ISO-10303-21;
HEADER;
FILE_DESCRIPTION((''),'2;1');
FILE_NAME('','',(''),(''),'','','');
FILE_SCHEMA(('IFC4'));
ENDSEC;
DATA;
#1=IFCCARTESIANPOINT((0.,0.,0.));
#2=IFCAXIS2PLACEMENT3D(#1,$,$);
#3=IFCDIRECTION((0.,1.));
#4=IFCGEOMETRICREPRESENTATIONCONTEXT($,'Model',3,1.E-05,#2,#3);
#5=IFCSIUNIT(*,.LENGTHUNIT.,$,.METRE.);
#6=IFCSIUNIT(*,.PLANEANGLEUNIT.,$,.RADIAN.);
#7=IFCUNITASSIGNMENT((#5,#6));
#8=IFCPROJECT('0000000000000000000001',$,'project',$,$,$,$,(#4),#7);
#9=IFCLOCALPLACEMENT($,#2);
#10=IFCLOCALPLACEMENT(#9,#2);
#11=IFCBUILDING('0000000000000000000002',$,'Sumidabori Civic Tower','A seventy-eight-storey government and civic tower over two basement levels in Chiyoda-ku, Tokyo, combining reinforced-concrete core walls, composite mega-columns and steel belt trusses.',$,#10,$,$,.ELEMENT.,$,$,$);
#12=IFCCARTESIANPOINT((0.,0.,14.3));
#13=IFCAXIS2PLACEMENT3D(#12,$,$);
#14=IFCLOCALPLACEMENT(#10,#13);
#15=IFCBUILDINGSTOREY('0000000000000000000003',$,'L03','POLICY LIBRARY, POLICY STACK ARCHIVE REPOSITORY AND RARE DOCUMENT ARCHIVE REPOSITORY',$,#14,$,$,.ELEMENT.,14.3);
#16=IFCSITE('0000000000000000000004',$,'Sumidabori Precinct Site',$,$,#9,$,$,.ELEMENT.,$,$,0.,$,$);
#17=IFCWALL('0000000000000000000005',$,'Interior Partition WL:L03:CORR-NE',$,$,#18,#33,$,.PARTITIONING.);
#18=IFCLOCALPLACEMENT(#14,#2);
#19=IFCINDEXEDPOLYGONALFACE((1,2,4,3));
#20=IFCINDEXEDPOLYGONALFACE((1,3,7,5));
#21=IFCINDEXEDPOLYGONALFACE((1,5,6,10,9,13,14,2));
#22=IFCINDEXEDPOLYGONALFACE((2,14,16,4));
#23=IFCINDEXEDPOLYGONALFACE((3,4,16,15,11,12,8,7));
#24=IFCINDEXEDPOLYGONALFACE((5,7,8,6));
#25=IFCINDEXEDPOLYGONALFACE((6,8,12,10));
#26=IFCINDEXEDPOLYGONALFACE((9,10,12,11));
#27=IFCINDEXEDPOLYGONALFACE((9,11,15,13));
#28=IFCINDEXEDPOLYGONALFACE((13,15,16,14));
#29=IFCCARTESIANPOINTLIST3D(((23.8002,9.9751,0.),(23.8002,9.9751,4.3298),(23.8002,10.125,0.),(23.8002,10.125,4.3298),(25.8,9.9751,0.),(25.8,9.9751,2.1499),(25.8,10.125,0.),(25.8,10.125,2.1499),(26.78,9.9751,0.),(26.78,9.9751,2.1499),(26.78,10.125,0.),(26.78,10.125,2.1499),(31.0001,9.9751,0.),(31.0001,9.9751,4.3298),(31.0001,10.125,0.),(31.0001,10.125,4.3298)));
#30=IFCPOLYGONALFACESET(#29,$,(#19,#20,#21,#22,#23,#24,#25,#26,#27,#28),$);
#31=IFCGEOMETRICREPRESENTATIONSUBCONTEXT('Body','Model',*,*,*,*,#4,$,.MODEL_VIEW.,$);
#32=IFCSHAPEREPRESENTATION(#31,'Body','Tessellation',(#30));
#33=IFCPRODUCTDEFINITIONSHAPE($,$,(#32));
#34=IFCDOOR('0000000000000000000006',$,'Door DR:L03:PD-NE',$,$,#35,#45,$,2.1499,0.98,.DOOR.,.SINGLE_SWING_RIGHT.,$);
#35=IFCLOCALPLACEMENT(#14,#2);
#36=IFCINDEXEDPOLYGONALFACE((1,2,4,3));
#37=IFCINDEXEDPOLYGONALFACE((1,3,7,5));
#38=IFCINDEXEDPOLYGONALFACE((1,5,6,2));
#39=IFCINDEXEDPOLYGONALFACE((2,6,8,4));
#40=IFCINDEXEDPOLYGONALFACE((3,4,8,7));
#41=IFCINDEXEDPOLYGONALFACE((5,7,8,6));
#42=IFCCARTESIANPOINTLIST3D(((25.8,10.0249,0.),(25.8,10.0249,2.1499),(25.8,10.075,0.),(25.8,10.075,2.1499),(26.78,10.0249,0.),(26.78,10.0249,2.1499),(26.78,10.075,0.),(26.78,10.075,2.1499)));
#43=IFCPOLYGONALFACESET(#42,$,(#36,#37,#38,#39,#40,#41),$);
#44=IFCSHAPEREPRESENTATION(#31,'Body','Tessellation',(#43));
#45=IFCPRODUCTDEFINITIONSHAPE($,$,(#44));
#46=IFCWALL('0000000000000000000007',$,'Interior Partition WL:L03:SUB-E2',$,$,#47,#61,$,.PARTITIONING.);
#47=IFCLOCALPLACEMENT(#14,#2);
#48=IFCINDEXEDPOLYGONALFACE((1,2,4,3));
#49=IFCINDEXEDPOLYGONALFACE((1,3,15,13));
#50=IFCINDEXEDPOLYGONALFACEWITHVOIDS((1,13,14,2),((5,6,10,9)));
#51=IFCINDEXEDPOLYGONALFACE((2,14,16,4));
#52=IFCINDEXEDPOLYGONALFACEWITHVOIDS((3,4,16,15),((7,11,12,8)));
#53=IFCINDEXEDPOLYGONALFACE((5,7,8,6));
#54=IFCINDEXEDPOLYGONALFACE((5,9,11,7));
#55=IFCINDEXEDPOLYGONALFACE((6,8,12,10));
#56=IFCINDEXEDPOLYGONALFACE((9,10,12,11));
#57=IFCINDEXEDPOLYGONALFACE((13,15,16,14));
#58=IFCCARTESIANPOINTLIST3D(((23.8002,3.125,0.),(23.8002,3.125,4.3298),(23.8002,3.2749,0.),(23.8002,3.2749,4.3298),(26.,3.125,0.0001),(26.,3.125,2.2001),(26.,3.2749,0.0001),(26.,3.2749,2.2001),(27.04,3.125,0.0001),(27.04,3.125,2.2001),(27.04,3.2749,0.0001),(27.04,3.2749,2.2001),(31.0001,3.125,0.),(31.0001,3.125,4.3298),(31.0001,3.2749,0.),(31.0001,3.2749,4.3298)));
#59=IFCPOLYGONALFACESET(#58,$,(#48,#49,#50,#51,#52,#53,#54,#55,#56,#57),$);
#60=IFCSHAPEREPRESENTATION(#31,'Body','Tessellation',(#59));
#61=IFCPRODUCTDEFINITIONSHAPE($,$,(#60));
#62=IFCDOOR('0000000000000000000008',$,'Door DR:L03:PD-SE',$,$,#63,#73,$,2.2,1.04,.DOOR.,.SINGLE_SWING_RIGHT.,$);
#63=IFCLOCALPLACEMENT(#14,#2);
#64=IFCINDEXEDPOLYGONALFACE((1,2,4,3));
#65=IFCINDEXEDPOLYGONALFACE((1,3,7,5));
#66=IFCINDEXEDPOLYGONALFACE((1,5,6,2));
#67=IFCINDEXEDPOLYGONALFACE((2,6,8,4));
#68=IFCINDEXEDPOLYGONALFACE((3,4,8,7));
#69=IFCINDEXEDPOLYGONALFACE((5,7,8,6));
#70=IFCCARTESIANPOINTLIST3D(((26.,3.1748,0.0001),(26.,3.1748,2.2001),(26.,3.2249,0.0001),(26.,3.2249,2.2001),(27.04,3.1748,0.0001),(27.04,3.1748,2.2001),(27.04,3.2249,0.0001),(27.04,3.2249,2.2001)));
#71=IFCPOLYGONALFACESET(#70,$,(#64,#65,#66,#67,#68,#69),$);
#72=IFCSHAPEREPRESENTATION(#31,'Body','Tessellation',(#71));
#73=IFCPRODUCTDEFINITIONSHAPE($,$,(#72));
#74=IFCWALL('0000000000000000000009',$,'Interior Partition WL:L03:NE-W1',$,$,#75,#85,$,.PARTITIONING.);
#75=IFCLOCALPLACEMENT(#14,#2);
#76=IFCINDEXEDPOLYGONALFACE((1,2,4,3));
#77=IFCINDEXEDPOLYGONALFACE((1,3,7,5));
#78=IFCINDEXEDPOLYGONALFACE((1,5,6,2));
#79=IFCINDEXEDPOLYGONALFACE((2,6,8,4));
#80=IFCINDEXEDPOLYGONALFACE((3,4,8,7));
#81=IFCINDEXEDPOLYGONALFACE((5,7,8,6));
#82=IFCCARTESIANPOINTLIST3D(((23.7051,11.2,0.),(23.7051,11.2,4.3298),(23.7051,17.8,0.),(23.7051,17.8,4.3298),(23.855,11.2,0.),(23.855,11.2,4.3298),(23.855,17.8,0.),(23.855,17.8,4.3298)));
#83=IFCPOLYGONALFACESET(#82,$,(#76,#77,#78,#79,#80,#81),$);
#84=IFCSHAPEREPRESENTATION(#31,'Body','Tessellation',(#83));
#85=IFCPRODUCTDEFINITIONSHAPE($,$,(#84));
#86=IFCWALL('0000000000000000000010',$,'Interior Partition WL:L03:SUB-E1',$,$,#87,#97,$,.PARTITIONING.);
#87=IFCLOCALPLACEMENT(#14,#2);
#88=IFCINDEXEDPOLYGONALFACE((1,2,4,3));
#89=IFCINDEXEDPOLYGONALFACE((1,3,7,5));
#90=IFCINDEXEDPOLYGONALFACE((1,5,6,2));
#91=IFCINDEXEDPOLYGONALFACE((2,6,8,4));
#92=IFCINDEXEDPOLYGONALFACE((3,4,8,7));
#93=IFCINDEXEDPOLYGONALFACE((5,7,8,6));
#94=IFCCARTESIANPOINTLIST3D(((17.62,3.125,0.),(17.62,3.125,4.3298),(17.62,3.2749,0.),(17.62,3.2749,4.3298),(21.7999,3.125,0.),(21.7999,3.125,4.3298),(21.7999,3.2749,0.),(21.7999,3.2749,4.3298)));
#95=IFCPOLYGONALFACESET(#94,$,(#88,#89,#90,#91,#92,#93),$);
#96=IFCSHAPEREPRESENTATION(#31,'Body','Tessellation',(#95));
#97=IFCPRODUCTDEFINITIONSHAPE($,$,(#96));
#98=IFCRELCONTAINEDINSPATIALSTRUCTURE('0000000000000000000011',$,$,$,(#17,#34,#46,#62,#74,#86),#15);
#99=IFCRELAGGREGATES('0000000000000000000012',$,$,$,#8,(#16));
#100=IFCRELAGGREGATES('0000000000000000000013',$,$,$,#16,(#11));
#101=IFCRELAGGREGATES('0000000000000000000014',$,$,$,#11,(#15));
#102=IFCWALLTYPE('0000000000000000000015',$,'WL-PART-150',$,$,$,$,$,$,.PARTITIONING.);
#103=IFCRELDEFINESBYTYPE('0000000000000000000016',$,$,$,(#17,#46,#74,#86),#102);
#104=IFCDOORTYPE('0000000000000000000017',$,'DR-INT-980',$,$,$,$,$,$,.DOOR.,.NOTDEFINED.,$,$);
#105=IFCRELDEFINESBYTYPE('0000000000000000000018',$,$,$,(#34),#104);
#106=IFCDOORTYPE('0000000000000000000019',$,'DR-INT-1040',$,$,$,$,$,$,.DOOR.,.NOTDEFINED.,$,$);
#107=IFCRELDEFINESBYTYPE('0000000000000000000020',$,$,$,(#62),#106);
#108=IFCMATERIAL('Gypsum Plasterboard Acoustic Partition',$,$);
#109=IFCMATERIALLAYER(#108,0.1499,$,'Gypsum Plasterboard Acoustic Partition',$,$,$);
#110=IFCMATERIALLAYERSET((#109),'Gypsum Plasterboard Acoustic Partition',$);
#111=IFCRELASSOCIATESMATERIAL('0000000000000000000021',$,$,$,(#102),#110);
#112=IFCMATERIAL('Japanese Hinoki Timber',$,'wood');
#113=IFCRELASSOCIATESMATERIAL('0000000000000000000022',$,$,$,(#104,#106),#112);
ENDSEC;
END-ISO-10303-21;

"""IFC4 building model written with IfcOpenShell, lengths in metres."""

from ifc_helpers import new_model, si_unit, direction, frame, frame_2d, origin, place, context, subcontext, project, spatial, rectangle, extrude, source, transform, mapped, material, layer, layer_set, type_object, element, fill, save


model = new_model("IFC4")

# Units and contexts
model_context = context("Model", 3, precision=1e-05, world=origin(), true_north=direction((0.0, 1.0)))
body_context = subcontext(model_context, "Body", "Model", "MODEL_VIEW")
ifc_project = project(units=[si_unit("LENGTHUNIT", "METRE"), si_unit("PLANEANGLEUNIT", "RADIAN")], contexts=[model_context])

# Site, building, storey
site_placement = place(None, origin())
site = spatial("IfcSite", under=ifc_project, at=site_placement, Name="Sumidabori Precinct Site", CompositionType="ELEMENT", RefElevation=0.0)
building_placement = place(site_placement, origin())
building = spatial("IfcBuilding", under=site, at=building_placement, Name="Sumidabori Civic Tower", Description="A seventy-eight-storey government and civic tower over two basement levels in Chiyoda-ku, Tokyo, combining reinforced-concrete core walls, composite mega-columns and steel belt trusses.", CompositionType="ELEMENT")
storey_placement = place(building_placement, frame((0.0, 0.0, 14.3)))
storey = spatial("IfcBuildingStorey", under=building, at=storey_placement, Name="L03", Description="POLICY LIBRARY, POLICY STACK ARCHIVE REPOSITORY AND RARE DOCUMENT ARCHIVE REPOSITORY", CompositionType="ELEMENT", Elevation=14.3)

# Shared definitions
ifc_material_1 = material(Name="Japanese Hinoki Timber", Category="wood")

# Shared definitions
ifc_material_2 = material(Name="Gypsum Plasterboard Acoustic Partition")
ifc_layer_1 = layer(ifc_material_2, 0.1499, Name="Gypsum Plasterboard Acoustic Partition")
ifc_layer_set_1 = layer_set([ifc_layer_1], Name="Gypsum Plasterboard Acoustic Partition")
wall_type_1 = type_object("IfcWallType", Name="WL-PART-150", PredefinedType="PARTITIONING", material=ifc_layer_set_1)

# Walls, openings, doors
shared_shape_1 = source(origin(), body_context, "Body", "SweptSolid", [
    extrude(rectangle(XDim=7.2, YDim=0.1499, at=frame_2d((3.6001, 0.0))), origin(), (0.0, 0.0, 1.0), 4.3298),
])
wall_1_placement = place(storey_placement, frame((23.8, 10.05, 0.0), z_axis=(0.0, 0.0, 1.0), x_axis=(1.0, 0.0, 0.0)))
wall_1 = element("IfcWall", 1, at=wall_1_placement, inside=storey, type_object=wall_type_1, Name="Interior Partition WL:L03:CORR-NE", PredefinedType="PARTITIONING", context=body_context, shape_type="MappedRepresentation", body=[
    mapped(shared_shape_1, transform((0.0, 0.0, 0.0), x_axis=(1.0, 0.0, 0.0), y_axis=(0.0, 1.0, 0.0), z_axis=(0.0, 0.0, 1.0), scale=1.0)),
])
opening_1_placement = place(wall_1_placement, frame((2.0, 0.0, 0.0)))
opening_1 = element("IfcOpeningElement", 2, at=opening_1_placement, cuts=wall_1, PredefinedType="OPENING", context=body_context, shape_type="SweptSolid", body=[
    extrude(rectangle(XDim=0.98, YDim=2.1499, at=frame_2d((0.49, 1.075))), frame((0.0, 0.0869, 0.0), z_axis=(0.0, -1.0, 0.0), x_axis=(1.0, 0.0, 0.0)), (0.0, 0.0, 1.0), 0.1738),
])
door_type_1 = type_object("IfcDoorType", Name="DR-INT-980", OperationType="NOTDEFINED", PredefinedType="DOOR", material=ifc_material_1)
shared_shape_2 = source(origin(), body_context, "Body", "SweptSolid", [
    extrude(rectangle(XDim=0.98, YDim=2.1499, at=frame_2d((0.49, 1.075))), frame((0.0, 0.0249, 0.0), z_axis=(0.0, -1.0, 0.0), x_axis=(1.0, 0.0, 0.0)), (0.0, 0.0, 1.0), 0.05),
])
door_1_placement = place(opening_1_placement, origin())
door_1 = element("IfcDoor", 3, at=door_1_placement, inside=storey, type_object=door_type_1, Name="Door DR:L03:PD-NE", OperationType="SINGLE_SWING_RIGHT", OverallHeight=2.1499, OverallWidth=0.98, PredefinedType="DOOR", context=body_context, shape_type="MappedRepresentation", body=[
    mapped(shared_shape_2, transform((0.0, 0.0, 0.0), x_axis=(1.0, 0.0, 0.0), y_axis=(0.0, 1.0, 0.0), z_axis=(0.0, 0.0, 1.0), scale=1.0)),
])
fill(opening_1, door_1)
wall_2_placement = place(storey_placement, frame((23.8, 3.2, 0.0), z_axis=(0.0, 0.0, 1.0), x_axis=(1.0, 0.0, 0.0)))
wall_2 = element("IfcWall", 4, at=wall_2_placement, inside=storey, type_object=wall_type_1, Name="Interior Partition WL:L03:SUB-E2", PredefinedType="PARTITIONING", context=body_context, shape_type="MappedRepresentation", body=[
    mapped(shared_shape_1, transform((0.0, 0.0, 0.0), x_axis=(1.0, 0.0, 0.0), y_axis=(0.0, 1.0, 0.0), z_axis=(0.0, 0.0, 1.0), scale=1.0)),
])
opening_2_placement = place(wall_2_placement, frame((2.2, 0.0, 0.0)))
opening_2 = element("IfcOpeningElement", 5, at=opening_2_placement, cuts=wall_2, PredefinedType="OPENING", context=body_context, shape_type="SweptSolid", body=[
    extrude(rectangle(XDim=1.04, YDim=2.2, at=frame_2d((0.52, 1.1001))), frame((0.0, 0.0869, 0.0), z_axis=(0.0, -1.0, 0.0), x_axis=(1.0, 0.0, 0.0)), (0.0, 0.0, 1.0), 0.1738),
])
door_type_2 = type_object("IfcDoorType", Name="DR-INT-1040", OperationType="NOTDEFINED", PredefinedType="DOOR", material=ifc_material_1)
shared_shape_3 = source(origin(), body_context, "Body", "SweptSolid", [
    extrude(rectangle(XDim=1.04, YDim=2.2, at=frame_2d((0.52, 1.1001))), frame((0.0, 0.0249, 0.0), z_axis=(0.0, -1.0, 0.0), x_axis=(1.0, 0.0, 0.0)), (0.0, 0.0, 1.0), 0.05),
])
door_2_placement = place(opening_2_placement, origin())
door_2 = element("IfcDoor", 6, at=door_2_placement, inside=storey, type_object=door_type_2, Name="Door DR:L03:PD-SE", OperationType="SINGLE_SWING_RIGHT", OverallHeight=2.2, OverallWidth=1.04, PredefinedType="DOOR", context=body_context, shape_type="MappedRepresentation", body=[
    mapped(shared_shape_3, transform((0.0, 0.0, 0.0), x_axis=(1.0, 0.0, 0.0), y_axis=(0.0, 1.0, 0.0), z_axis=(0.0, 0.0, 1.0), scale=1.0)),
])
fill(opening_2, door_2)

# Walls
shared_shape_4 = source(origin(), body_context, "Body", "SweptSolid", [
    extrude(rectangle(XDim=6.6001, YDim=0.1499, at=frame_2d((3.3, 0.0))), origin(), (0.0, 0.0, 1.0), 4.3298),
])
wall_3_placement = place(storey_placement, frame((23.78, 11.2, 0.0), z_axis=(0.0, 0.0, 1.0), x_axis=(0.0, 1.0, 0.0)))
element("IfcWall", 7, at=wall_3_placement, inside=storey, type_object=wall_type_1, Name="Interior Partition WL:L03:NE-W1", PredefinedType="PARTITIONING", context=body_context, shape_type="MappedRepresentation", body=[
    mapped(shared_shape_4, transform((0.0, 0.0, 0.0), x_axis=(1.0, 0.0, 0.0), y_axis=(0.0, 1.0, 0.0), z_axis=(0.0, 0.0, 1.0), scale=1.0)),
])
shared_shape_5 = source(origin(), body_context, "Body", "SweptSolid", [
    extrude(rectangle(XDim=4.1799, YDim=0.1499, at=frame_2d((2.0898, 0.0))), origin(), (0.0, 0.0, 1.0), 4.3298),
])
wall_4_placement = place(storey_placement, frame((17.6201, 3.2, 0.0), z_axis=(0.0, 0.0, 1.0), x_axis=(1.0, 0.0, 0.0)))
element("IfcWall", 8, at=wall_4_placement, inside=storey, type_object=wall_type_1, Name="Interior Partition WL:L03:SUB-E1", PredefinedType="PARTITIONING", context=body_context, shape_type="MappedRepresentation", body=[
    mapped(shared_shape_5, transform((0.0, 0.0, 0.0), x_axis=(1.0, 0.0, 0.0), y_axis=(0.0, 1.0, 0.0), z_axis=(0.0, 0.0, 1.0), scale=1.0)),
])

save(model, "model.ifc")
